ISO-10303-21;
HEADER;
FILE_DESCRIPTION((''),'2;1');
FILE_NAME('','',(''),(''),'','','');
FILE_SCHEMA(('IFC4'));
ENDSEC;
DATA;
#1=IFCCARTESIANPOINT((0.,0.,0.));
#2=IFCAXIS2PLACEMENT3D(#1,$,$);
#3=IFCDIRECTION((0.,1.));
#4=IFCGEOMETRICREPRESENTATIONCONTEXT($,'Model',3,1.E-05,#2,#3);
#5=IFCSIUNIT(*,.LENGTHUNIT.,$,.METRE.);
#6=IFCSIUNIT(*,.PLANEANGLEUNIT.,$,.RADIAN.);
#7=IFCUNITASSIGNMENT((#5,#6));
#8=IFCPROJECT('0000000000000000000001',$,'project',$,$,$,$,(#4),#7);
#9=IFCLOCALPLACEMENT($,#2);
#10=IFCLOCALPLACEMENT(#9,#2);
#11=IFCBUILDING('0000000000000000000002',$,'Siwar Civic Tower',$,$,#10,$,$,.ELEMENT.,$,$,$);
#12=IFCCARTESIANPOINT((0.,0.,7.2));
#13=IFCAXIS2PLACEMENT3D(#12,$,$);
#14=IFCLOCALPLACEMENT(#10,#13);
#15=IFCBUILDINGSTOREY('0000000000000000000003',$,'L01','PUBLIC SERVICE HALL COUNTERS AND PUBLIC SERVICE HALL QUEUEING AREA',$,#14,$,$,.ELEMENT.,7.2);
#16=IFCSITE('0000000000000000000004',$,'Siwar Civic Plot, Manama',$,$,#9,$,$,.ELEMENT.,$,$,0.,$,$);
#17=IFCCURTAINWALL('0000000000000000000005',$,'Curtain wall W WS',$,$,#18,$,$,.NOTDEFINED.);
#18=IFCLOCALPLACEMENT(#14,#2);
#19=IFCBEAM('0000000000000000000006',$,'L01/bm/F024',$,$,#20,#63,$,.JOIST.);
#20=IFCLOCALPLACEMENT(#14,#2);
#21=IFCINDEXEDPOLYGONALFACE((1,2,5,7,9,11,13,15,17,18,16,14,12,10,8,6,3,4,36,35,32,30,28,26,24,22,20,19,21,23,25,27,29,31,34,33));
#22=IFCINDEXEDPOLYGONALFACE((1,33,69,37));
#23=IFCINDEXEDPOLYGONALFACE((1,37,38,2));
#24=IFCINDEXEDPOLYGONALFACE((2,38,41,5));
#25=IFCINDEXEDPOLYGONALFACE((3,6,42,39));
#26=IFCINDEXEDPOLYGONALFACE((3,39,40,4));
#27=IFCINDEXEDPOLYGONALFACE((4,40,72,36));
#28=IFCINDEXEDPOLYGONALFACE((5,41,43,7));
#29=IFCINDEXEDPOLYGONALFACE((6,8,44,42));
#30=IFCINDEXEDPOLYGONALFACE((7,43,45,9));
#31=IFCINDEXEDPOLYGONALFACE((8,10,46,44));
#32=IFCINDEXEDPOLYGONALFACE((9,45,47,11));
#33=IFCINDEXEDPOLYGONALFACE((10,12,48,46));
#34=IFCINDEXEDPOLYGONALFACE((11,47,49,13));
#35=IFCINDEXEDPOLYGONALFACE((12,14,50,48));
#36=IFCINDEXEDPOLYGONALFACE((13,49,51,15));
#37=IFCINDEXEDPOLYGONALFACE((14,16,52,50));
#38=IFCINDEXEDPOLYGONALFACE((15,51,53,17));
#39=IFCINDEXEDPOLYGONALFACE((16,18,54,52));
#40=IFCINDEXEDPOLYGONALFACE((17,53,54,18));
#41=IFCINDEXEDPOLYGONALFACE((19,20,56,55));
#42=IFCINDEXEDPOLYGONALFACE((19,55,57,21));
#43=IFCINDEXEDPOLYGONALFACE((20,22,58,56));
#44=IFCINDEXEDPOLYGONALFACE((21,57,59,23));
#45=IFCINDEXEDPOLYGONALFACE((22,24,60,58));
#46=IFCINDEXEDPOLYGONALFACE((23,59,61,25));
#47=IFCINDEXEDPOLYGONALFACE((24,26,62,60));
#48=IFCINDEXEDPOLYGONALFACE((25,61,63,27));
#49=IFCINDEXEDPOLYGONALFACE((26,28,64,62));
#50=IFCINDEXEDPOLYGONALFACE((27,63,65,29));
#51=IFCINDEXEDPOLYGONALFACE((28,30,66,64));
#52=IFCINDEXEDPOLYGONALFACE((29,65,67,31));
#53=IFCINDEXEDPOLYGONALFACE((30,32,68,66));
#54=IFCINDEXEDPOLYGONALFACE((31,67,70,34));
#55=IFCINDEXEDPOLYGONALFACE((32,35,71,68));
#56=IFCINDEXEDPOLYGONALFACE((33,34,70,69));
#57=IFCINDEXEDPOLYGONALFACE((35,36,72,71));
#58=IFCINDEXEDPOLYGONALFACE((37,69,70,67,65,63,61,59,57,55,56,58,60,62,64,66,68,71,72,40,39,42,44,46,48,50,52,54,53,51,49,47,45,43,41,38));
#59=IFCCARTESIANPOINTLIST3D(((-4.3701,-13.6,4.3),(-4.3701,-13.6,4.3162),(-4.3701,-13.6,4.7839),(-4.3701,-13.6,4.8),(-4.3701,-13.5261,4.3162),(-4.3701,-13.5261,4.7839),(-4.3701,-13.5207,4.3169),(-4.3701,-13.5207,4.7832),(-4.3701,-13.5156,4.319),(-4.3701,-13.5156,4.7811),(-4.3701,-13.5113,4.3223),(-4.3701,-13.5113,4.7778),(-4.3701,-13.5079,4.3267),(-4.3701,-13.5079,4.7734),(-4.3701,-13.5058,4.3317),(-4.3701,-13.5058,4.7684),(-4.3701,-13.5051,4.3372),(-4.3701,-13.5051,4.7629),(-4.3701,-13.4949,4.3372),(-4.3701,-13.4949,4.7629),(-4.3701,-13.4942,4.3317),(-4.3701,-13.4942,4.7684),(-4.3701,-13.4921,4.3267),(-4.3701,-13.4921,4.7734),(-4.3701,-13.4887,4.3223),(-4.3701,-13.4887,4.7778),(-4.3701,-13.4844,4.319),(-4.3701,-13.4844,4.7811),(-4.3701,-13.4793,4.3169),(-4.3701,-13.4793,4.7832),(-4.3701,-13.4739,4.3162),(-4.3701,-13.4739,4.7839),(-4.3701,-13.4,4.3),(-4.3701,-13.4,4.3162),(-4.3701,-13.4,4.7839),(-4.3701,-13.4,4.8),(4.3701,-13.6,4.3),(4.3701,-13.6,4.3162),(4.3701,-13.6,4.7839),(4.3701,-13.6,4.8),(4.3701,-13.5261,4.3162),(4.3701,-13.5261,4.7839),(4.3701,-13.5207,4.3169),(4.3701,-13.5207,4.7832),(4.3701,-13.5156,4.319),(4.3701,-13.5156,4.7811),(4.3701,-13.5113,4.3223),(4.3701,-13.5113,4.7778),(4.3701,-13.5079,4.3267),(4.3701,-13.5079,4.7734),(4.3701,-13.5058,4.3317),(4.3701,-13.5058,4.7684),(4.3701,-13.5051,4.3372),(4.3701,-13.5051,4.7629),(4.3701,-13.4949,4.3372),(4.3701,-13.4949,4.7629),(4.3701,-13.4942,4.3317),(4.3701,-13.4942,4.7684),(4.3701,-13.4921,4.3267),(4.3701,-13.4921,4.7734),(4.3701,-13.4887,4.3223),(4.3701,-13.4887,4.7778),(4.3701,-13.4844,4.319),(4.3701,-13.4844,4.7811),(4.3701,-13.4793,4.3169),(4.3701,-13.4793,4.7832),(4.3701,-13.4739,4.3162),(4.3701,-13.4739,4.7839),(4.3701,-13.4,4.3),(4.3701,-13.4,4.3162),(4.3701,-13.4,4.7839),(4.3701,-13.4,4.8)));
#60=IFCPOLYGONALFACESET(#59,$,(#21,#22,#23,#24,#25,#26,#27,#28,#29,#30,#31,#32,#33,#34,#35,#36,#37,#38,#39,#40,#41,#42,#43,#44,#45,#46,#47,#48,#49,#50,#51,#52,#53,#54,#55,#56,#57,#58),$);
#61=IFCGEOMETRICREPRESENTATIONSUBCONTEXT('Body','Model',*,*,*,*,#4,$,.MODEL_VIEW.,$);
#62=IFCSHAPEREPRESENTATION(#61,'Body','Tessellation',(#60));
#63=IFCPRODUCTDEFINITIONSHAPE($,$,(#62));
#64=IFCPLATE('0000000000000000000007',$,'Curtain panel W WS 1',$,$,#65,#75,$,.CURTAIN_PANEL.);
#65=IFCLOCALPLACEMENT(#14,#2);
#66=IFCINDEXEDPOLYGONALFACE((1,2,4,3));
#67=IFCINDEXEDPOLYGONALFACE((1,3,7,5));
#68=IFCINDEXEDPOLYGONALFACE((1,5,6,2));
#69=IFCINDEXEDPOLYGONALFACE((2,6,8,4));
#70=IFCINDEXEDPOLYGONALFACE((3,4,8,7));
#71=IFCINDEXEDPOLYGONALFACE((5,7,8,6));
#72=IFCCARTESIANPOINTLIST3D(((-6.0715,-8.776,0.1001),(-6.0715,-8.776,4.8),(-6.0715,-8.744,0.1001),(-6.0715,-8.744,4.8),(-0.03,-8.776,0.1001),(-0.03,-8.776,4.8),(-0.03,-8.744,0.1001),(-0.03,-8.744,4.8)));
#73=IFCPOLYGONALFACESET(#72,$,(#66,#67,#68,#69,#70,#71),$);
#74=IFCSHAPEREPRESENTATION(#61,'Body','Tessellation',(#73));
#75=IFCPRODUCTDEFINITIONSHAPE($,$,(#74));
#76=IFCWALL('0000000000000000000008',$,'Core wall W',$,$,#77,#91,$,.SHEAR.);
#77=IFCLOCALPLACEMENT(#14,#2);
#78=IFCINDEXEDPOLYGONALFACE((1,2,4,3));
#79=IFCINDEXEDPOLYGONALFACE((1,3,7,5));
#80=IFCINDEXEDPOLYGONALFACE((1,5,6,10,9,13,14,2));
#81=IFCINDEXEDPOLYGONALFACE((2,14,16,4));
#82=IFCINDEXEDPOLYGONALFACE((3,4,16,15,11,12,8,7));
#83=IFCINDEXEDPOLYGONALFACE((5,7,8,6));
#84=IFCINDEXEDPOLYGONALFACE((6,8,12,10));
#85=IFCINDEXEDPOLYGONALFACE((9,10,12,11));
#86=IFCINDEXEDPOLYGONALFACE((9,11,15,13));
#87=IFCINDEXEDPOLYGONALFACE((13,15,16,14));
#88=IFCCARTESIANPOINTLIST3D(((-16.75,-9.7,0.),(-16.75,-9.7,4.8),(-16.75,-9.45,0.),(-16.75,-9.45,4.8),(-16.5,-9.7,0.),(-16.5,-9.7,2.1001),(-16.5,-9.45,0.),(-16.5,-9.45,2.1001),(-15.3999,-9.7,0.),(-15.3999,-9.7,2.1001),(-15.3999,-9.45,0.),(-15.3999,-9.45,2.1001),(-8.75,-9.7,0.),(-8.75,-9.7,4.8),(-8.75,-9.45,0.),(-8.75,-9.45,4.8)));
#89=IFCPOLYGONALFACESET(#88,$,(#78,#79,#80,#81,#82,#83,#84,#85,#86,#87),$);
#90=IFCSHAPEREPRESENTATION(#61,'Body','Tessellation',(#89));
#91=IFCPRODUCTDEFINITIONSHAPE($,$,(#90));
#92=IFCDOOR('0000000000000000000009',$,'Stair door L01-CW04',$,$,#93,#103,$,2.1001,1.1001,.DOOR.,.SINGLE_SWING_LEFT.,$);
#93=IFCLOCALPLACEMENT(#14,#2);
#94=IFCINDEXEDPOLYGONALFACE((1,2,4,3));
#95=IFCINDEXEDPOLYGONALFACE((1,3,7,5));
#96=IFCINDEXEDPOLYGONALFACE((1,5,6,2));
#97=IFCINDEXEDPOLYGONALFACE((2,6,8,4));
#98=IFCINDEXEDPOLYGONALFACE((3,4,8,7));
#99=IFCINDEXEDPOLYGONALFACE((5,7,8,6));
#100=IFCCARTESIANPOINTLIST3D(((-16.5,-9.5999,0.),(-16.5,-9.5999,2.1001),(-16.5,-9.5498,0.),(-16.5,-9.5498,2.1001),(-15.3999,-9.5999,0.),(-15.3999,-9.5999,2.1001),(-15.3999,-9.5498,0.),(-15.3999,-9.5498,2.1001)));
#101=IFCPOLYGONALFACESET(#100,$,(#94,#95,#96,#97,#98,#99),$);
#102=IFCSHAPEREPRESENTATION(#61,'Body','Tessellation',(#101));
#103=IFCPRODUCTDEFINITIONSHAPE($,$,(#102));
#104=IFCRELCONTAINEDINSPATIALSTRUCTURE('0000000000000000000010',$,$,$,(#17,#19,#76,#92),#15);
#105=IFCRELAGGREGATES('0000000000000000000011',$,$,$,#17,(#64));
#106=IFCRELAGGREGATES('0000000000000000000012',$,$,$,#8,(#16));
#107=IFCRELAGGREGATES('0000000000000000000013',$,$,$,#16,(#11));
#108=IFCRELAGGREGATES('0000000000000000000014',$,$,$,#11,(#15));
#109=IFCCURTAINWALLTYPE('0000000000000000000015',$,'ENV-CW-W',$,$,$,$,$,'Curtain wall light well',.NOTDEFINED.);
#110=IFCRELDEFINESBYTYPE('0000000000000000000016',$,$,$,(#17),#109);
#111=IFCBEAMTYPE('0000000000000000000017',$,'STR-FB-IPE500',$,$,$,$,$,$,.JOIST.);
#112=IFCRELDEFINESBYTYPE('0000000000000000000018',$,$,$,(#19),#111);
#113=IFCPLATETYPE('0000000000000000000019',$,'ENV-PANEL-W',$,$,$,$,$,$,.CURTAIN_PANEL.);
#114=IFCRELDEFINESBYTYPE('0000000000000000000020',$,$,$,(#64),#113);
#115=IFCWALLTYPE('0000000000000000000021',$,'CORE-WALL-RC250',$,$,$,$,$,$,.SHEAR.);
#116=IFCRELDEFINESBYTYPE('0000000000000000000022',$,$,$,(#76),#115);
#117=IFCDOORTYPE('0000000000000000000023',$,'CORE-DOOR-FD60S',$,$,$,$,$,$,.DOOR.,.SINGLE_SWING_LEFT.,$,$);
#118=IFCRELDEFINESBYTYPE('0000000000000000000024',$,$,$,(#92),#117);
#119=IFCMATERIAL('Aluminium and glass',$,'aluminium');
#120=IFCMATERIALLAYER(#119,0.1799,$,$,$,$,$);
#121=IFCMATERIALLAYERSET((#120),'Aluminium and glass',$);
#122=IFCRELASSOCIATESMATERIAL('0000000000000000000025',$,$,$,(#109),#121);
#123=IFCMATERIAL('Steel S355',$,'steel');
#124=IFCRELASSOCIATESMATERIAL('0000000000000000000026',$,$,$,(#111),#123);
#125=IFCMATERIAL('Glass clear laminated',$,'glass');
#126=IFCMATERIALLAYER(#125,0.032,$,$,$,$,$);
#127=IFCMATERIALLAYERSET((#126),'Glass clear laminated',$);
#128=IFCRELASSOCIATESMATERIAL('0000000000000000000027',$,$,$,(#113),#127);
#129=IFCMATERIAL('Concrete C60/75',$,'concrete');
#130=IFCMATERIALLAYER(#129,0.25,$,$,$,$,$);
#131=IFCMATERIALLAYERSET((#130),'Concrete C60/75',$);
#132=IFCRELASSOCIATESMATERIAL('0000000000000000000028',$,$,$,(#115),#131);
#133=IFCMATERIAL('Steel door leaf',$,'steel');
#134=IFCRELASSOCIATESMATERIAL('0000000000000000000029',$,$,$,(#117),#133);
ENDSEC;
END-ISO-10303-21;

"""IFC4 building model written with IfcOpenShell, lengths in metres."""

from ifc_helpers import new_model, si_unit, direction, frame, frame_2d, origin, origin_2d, place, context, subcontext, project, spatial, rectangle, i_section, extrude, material, layer, layer_set, material_profile, profile_set, type_object, element, fill, aggregate, save


model = new_model("IFC4")

# Units and contexts
model_context = context("Model", 3, precision=1e-05, world=origin(), true_north=direction((0.0, 1.0)))
body_context = subcontext(model_context, "Body", "Model", "MODEL_VIEW")
ifc_project = project(units=[si_unit("LENGTHUNIT", "METRE"), si_unit("PLANEANGLEUNIT", "RADIAN")], contexts=[model_context])

# Site, building, storey
site_placement = place(None, origin())
site = spatial("IfcSite", under=ifc_project, at=site_placement, Name="Siwar Civic Plot, Manama", CompositionType="ELEMENT", RefElevation=0.0)
building_placement = place(site_placement, origin())
building = spatial("IfcBuilding", under=site, at=building_placement, Name="Siwar Civic Tower", CompositionType="ELEMENT")
storey_placement = place(building_placement, frame((0.0, 0.0, 7.2)))
storey = spatial("IfcBuildingStorey", under=building, at=storey_placement, Name="L01", Description="PUBLIC SERVICE HALL COUNTERS AND PUBLIC SERVICE HALL QUEUEING AREA", CompositionType="ELEMENT", Elevation=7.2)

# Curtain wall
ifc_material_1 = material(Name="Aluminium and glass", Category="aluminium")
ifc_layer_1 = layer(ifc_material_1, 0.1799)
ifc_layer_set_1 = layer_set([ifc_layer_1], Name="Aluminium and glass")
curtain_wall_type = type_object("IfcCurtainWallType", Name="ENV-CW-W", ElementType="Curtain wall light well", PredefinedType="NOTDEFINED", material=ifc_layer_set_1)
curtain_wall_placement = place(storey_placement, origin())
curtain_wall = element("IfcCurtainWall", 1, at=curtain_wall_placement, inside=storey, type_object=curtain_wall_type, Name="Curtain wall W WS", PredefinedType="NOTDEFINED")

# Beam
ifc_material_2 = material(Name="Steel S355", Category="steel")
ifc_material_profile_1 = material_profile(ifc_material_2, i_section(OverallWidth=0.2, OverallDepth=0.5, WebThickness=0.0103, FlangeThickness=0.0161, FilletRadius=0.021, at=origin_2d()), Name="IPE500")
ifc_profile_set_1 = profile_set([ifc_material_profile_1], Name="Steel S355")
beam_type = type_object("IfcBeamType", Name="STR-FB-IPE500", PredefinedType="JOIST", material=ifc_profile_set_1)
beam_1_placement = place(storey_placement, frame((-4.3701, -13.5, 4.55), z_axis=(1.0, 0.0, 0.0), x_axis=(0.0, 1.0, 0.0)))
element("IfcBeam", 2, at=beam_1_placement, inside=storey, type_object=beam_type, Name="L01/bm/F024", PredefinedType="JOIST", context=body_context, shape_type="SweptSolid", body=[
    extrude(i_section(OverallWidth=0.2, OverallDepth=0.5, WebThickness=0.0103, FlangeThickness=0.0161, FilletRadius=0.021, at=origin_2d()), origin(), (0.0, 0.0, 1.0), 8.7402),
])

# Plate
ifc_material_3 = material(Name="Glass clear laminated", Category="glass")
ifc_layer_2 = layer(ifc_material_3, 0.032)
ifc_layer_set_2 = layer_set([ifc_layer_2], Name="Glass clear laminated")
plate_type = type_object("IfcPlateType", Name="ENV-PANEL-W", PredefinedType="CURTAIN_PANEL", material=ifc_layer_set_2)
plate_placement = place(storey_placement, frame((-3.0508, -8.76, 0.1001), z_axis=(0.0, 0.0, 1.0), x_axis=(1.0, 0.0, 0.0)))
plate = element("IfcPlate", 3, at=plate_placement, type_object=plate_type, Name="Curtain panel W WS 1", PredefinedType="CURTAIN_PANEL", context=body_context, shape_type="SweptSolid", body=[
    extrude(rectangle(XDim=6.0415, YDim=0.032, at=origin_2d()), origin(), (0.0, 0.0, 1.0), 4.7),
])
aggregate(curtain_wall, [plate])

# Wall, opening, door
ifc_material_4 = material(Name="Concrete C60/75", Category="concrete")
ifc_layer_3 = layer(ifc_material_4, 0.25)
ifc_layer_set_3 = layer_set([ifc_layer_3], Name="Concrete C60/75")
wall_type_1 = type_object("IfcWallType", Name="CORE-WALL-RC250", PredefinedType="SHEAR", material=ifc_layer_set_3)
wall_1_placement = place(storey_placement, frame((-8.75, -9.575, 0.0), z_axis=(0.0, 0.0, 1.0), x_axis=(-1.0, 0.0, 0.0)))
wall_1 = element("IfcWall", 4, at=wall_1_placement, inside=storey, type_object=wall_type_1, Name="Core wall W", PredefinedType="SHEAR", context=body_context, shape_type="SweptSolid", body=[
    extrude(rectangle(XDim=8.0, YDim=0.25, at=frame_2d((4.0, 0.0))), origin(), (0.0, 0.0, 1.0), 4.8),
])
opening_1_placement = place(wall_1_placement, frame((6.6499, 0.0, 0.0)))
opening_1 = element("IfcOpeningElement", 5, at=opening_1_placement, cuts=wall_1, PredefinedType="OPENING", context=body_context, shape_type="SweptSolid", body=[
    extrude(rectangle(XDim=1.1001, YDim=2.1001, at=frame_2d((0.55, 1.05))), frame((0.0, 0.135, 0.0), z_axis=(0.0, -1.0, 0.0), x_axis=(1.0, 0.0, 0.0)), (0.0, 0.0, 1.0), 0.27),
])
ifc_material_5 = material(Name="Steel door leaf", Category="steel")
door_type_1 = type_object("IfcDoorType", Name="CORE-DOOR-FD60S", OperationType="SINGLE_SWING_LEFT", PredefinedType="DOOR", material=ifc_material_5)
door_1_placement = place(opening_1_placement, origin())
door_1 = element("IfcDoor", 6, at=door_1_placement, inside=storey, type_object=door_type_1, Name="Stair door L01-CW04", OperationType="SINGLE_SWING_LEFT", OverallHeight=2.1001, OverallWidth=1.1001, PredefinedType="DOOR", context=body_context, shape_type="SweptSolid", body=[
    extrude(rectangle(XDim=1.1001, YDim=2.1001, at=frame_2d((0.55, 1.05))), frame((0.0, 0.0249, 0.0), z_axis=(0.0, -1.0, 0.0), x_axis=(1.0, 0.0, 0.0)), (0.0, 0.0, 1.0), 0.05),
])
fill(opening_1, door_1)

save(model, "model.ifc")
